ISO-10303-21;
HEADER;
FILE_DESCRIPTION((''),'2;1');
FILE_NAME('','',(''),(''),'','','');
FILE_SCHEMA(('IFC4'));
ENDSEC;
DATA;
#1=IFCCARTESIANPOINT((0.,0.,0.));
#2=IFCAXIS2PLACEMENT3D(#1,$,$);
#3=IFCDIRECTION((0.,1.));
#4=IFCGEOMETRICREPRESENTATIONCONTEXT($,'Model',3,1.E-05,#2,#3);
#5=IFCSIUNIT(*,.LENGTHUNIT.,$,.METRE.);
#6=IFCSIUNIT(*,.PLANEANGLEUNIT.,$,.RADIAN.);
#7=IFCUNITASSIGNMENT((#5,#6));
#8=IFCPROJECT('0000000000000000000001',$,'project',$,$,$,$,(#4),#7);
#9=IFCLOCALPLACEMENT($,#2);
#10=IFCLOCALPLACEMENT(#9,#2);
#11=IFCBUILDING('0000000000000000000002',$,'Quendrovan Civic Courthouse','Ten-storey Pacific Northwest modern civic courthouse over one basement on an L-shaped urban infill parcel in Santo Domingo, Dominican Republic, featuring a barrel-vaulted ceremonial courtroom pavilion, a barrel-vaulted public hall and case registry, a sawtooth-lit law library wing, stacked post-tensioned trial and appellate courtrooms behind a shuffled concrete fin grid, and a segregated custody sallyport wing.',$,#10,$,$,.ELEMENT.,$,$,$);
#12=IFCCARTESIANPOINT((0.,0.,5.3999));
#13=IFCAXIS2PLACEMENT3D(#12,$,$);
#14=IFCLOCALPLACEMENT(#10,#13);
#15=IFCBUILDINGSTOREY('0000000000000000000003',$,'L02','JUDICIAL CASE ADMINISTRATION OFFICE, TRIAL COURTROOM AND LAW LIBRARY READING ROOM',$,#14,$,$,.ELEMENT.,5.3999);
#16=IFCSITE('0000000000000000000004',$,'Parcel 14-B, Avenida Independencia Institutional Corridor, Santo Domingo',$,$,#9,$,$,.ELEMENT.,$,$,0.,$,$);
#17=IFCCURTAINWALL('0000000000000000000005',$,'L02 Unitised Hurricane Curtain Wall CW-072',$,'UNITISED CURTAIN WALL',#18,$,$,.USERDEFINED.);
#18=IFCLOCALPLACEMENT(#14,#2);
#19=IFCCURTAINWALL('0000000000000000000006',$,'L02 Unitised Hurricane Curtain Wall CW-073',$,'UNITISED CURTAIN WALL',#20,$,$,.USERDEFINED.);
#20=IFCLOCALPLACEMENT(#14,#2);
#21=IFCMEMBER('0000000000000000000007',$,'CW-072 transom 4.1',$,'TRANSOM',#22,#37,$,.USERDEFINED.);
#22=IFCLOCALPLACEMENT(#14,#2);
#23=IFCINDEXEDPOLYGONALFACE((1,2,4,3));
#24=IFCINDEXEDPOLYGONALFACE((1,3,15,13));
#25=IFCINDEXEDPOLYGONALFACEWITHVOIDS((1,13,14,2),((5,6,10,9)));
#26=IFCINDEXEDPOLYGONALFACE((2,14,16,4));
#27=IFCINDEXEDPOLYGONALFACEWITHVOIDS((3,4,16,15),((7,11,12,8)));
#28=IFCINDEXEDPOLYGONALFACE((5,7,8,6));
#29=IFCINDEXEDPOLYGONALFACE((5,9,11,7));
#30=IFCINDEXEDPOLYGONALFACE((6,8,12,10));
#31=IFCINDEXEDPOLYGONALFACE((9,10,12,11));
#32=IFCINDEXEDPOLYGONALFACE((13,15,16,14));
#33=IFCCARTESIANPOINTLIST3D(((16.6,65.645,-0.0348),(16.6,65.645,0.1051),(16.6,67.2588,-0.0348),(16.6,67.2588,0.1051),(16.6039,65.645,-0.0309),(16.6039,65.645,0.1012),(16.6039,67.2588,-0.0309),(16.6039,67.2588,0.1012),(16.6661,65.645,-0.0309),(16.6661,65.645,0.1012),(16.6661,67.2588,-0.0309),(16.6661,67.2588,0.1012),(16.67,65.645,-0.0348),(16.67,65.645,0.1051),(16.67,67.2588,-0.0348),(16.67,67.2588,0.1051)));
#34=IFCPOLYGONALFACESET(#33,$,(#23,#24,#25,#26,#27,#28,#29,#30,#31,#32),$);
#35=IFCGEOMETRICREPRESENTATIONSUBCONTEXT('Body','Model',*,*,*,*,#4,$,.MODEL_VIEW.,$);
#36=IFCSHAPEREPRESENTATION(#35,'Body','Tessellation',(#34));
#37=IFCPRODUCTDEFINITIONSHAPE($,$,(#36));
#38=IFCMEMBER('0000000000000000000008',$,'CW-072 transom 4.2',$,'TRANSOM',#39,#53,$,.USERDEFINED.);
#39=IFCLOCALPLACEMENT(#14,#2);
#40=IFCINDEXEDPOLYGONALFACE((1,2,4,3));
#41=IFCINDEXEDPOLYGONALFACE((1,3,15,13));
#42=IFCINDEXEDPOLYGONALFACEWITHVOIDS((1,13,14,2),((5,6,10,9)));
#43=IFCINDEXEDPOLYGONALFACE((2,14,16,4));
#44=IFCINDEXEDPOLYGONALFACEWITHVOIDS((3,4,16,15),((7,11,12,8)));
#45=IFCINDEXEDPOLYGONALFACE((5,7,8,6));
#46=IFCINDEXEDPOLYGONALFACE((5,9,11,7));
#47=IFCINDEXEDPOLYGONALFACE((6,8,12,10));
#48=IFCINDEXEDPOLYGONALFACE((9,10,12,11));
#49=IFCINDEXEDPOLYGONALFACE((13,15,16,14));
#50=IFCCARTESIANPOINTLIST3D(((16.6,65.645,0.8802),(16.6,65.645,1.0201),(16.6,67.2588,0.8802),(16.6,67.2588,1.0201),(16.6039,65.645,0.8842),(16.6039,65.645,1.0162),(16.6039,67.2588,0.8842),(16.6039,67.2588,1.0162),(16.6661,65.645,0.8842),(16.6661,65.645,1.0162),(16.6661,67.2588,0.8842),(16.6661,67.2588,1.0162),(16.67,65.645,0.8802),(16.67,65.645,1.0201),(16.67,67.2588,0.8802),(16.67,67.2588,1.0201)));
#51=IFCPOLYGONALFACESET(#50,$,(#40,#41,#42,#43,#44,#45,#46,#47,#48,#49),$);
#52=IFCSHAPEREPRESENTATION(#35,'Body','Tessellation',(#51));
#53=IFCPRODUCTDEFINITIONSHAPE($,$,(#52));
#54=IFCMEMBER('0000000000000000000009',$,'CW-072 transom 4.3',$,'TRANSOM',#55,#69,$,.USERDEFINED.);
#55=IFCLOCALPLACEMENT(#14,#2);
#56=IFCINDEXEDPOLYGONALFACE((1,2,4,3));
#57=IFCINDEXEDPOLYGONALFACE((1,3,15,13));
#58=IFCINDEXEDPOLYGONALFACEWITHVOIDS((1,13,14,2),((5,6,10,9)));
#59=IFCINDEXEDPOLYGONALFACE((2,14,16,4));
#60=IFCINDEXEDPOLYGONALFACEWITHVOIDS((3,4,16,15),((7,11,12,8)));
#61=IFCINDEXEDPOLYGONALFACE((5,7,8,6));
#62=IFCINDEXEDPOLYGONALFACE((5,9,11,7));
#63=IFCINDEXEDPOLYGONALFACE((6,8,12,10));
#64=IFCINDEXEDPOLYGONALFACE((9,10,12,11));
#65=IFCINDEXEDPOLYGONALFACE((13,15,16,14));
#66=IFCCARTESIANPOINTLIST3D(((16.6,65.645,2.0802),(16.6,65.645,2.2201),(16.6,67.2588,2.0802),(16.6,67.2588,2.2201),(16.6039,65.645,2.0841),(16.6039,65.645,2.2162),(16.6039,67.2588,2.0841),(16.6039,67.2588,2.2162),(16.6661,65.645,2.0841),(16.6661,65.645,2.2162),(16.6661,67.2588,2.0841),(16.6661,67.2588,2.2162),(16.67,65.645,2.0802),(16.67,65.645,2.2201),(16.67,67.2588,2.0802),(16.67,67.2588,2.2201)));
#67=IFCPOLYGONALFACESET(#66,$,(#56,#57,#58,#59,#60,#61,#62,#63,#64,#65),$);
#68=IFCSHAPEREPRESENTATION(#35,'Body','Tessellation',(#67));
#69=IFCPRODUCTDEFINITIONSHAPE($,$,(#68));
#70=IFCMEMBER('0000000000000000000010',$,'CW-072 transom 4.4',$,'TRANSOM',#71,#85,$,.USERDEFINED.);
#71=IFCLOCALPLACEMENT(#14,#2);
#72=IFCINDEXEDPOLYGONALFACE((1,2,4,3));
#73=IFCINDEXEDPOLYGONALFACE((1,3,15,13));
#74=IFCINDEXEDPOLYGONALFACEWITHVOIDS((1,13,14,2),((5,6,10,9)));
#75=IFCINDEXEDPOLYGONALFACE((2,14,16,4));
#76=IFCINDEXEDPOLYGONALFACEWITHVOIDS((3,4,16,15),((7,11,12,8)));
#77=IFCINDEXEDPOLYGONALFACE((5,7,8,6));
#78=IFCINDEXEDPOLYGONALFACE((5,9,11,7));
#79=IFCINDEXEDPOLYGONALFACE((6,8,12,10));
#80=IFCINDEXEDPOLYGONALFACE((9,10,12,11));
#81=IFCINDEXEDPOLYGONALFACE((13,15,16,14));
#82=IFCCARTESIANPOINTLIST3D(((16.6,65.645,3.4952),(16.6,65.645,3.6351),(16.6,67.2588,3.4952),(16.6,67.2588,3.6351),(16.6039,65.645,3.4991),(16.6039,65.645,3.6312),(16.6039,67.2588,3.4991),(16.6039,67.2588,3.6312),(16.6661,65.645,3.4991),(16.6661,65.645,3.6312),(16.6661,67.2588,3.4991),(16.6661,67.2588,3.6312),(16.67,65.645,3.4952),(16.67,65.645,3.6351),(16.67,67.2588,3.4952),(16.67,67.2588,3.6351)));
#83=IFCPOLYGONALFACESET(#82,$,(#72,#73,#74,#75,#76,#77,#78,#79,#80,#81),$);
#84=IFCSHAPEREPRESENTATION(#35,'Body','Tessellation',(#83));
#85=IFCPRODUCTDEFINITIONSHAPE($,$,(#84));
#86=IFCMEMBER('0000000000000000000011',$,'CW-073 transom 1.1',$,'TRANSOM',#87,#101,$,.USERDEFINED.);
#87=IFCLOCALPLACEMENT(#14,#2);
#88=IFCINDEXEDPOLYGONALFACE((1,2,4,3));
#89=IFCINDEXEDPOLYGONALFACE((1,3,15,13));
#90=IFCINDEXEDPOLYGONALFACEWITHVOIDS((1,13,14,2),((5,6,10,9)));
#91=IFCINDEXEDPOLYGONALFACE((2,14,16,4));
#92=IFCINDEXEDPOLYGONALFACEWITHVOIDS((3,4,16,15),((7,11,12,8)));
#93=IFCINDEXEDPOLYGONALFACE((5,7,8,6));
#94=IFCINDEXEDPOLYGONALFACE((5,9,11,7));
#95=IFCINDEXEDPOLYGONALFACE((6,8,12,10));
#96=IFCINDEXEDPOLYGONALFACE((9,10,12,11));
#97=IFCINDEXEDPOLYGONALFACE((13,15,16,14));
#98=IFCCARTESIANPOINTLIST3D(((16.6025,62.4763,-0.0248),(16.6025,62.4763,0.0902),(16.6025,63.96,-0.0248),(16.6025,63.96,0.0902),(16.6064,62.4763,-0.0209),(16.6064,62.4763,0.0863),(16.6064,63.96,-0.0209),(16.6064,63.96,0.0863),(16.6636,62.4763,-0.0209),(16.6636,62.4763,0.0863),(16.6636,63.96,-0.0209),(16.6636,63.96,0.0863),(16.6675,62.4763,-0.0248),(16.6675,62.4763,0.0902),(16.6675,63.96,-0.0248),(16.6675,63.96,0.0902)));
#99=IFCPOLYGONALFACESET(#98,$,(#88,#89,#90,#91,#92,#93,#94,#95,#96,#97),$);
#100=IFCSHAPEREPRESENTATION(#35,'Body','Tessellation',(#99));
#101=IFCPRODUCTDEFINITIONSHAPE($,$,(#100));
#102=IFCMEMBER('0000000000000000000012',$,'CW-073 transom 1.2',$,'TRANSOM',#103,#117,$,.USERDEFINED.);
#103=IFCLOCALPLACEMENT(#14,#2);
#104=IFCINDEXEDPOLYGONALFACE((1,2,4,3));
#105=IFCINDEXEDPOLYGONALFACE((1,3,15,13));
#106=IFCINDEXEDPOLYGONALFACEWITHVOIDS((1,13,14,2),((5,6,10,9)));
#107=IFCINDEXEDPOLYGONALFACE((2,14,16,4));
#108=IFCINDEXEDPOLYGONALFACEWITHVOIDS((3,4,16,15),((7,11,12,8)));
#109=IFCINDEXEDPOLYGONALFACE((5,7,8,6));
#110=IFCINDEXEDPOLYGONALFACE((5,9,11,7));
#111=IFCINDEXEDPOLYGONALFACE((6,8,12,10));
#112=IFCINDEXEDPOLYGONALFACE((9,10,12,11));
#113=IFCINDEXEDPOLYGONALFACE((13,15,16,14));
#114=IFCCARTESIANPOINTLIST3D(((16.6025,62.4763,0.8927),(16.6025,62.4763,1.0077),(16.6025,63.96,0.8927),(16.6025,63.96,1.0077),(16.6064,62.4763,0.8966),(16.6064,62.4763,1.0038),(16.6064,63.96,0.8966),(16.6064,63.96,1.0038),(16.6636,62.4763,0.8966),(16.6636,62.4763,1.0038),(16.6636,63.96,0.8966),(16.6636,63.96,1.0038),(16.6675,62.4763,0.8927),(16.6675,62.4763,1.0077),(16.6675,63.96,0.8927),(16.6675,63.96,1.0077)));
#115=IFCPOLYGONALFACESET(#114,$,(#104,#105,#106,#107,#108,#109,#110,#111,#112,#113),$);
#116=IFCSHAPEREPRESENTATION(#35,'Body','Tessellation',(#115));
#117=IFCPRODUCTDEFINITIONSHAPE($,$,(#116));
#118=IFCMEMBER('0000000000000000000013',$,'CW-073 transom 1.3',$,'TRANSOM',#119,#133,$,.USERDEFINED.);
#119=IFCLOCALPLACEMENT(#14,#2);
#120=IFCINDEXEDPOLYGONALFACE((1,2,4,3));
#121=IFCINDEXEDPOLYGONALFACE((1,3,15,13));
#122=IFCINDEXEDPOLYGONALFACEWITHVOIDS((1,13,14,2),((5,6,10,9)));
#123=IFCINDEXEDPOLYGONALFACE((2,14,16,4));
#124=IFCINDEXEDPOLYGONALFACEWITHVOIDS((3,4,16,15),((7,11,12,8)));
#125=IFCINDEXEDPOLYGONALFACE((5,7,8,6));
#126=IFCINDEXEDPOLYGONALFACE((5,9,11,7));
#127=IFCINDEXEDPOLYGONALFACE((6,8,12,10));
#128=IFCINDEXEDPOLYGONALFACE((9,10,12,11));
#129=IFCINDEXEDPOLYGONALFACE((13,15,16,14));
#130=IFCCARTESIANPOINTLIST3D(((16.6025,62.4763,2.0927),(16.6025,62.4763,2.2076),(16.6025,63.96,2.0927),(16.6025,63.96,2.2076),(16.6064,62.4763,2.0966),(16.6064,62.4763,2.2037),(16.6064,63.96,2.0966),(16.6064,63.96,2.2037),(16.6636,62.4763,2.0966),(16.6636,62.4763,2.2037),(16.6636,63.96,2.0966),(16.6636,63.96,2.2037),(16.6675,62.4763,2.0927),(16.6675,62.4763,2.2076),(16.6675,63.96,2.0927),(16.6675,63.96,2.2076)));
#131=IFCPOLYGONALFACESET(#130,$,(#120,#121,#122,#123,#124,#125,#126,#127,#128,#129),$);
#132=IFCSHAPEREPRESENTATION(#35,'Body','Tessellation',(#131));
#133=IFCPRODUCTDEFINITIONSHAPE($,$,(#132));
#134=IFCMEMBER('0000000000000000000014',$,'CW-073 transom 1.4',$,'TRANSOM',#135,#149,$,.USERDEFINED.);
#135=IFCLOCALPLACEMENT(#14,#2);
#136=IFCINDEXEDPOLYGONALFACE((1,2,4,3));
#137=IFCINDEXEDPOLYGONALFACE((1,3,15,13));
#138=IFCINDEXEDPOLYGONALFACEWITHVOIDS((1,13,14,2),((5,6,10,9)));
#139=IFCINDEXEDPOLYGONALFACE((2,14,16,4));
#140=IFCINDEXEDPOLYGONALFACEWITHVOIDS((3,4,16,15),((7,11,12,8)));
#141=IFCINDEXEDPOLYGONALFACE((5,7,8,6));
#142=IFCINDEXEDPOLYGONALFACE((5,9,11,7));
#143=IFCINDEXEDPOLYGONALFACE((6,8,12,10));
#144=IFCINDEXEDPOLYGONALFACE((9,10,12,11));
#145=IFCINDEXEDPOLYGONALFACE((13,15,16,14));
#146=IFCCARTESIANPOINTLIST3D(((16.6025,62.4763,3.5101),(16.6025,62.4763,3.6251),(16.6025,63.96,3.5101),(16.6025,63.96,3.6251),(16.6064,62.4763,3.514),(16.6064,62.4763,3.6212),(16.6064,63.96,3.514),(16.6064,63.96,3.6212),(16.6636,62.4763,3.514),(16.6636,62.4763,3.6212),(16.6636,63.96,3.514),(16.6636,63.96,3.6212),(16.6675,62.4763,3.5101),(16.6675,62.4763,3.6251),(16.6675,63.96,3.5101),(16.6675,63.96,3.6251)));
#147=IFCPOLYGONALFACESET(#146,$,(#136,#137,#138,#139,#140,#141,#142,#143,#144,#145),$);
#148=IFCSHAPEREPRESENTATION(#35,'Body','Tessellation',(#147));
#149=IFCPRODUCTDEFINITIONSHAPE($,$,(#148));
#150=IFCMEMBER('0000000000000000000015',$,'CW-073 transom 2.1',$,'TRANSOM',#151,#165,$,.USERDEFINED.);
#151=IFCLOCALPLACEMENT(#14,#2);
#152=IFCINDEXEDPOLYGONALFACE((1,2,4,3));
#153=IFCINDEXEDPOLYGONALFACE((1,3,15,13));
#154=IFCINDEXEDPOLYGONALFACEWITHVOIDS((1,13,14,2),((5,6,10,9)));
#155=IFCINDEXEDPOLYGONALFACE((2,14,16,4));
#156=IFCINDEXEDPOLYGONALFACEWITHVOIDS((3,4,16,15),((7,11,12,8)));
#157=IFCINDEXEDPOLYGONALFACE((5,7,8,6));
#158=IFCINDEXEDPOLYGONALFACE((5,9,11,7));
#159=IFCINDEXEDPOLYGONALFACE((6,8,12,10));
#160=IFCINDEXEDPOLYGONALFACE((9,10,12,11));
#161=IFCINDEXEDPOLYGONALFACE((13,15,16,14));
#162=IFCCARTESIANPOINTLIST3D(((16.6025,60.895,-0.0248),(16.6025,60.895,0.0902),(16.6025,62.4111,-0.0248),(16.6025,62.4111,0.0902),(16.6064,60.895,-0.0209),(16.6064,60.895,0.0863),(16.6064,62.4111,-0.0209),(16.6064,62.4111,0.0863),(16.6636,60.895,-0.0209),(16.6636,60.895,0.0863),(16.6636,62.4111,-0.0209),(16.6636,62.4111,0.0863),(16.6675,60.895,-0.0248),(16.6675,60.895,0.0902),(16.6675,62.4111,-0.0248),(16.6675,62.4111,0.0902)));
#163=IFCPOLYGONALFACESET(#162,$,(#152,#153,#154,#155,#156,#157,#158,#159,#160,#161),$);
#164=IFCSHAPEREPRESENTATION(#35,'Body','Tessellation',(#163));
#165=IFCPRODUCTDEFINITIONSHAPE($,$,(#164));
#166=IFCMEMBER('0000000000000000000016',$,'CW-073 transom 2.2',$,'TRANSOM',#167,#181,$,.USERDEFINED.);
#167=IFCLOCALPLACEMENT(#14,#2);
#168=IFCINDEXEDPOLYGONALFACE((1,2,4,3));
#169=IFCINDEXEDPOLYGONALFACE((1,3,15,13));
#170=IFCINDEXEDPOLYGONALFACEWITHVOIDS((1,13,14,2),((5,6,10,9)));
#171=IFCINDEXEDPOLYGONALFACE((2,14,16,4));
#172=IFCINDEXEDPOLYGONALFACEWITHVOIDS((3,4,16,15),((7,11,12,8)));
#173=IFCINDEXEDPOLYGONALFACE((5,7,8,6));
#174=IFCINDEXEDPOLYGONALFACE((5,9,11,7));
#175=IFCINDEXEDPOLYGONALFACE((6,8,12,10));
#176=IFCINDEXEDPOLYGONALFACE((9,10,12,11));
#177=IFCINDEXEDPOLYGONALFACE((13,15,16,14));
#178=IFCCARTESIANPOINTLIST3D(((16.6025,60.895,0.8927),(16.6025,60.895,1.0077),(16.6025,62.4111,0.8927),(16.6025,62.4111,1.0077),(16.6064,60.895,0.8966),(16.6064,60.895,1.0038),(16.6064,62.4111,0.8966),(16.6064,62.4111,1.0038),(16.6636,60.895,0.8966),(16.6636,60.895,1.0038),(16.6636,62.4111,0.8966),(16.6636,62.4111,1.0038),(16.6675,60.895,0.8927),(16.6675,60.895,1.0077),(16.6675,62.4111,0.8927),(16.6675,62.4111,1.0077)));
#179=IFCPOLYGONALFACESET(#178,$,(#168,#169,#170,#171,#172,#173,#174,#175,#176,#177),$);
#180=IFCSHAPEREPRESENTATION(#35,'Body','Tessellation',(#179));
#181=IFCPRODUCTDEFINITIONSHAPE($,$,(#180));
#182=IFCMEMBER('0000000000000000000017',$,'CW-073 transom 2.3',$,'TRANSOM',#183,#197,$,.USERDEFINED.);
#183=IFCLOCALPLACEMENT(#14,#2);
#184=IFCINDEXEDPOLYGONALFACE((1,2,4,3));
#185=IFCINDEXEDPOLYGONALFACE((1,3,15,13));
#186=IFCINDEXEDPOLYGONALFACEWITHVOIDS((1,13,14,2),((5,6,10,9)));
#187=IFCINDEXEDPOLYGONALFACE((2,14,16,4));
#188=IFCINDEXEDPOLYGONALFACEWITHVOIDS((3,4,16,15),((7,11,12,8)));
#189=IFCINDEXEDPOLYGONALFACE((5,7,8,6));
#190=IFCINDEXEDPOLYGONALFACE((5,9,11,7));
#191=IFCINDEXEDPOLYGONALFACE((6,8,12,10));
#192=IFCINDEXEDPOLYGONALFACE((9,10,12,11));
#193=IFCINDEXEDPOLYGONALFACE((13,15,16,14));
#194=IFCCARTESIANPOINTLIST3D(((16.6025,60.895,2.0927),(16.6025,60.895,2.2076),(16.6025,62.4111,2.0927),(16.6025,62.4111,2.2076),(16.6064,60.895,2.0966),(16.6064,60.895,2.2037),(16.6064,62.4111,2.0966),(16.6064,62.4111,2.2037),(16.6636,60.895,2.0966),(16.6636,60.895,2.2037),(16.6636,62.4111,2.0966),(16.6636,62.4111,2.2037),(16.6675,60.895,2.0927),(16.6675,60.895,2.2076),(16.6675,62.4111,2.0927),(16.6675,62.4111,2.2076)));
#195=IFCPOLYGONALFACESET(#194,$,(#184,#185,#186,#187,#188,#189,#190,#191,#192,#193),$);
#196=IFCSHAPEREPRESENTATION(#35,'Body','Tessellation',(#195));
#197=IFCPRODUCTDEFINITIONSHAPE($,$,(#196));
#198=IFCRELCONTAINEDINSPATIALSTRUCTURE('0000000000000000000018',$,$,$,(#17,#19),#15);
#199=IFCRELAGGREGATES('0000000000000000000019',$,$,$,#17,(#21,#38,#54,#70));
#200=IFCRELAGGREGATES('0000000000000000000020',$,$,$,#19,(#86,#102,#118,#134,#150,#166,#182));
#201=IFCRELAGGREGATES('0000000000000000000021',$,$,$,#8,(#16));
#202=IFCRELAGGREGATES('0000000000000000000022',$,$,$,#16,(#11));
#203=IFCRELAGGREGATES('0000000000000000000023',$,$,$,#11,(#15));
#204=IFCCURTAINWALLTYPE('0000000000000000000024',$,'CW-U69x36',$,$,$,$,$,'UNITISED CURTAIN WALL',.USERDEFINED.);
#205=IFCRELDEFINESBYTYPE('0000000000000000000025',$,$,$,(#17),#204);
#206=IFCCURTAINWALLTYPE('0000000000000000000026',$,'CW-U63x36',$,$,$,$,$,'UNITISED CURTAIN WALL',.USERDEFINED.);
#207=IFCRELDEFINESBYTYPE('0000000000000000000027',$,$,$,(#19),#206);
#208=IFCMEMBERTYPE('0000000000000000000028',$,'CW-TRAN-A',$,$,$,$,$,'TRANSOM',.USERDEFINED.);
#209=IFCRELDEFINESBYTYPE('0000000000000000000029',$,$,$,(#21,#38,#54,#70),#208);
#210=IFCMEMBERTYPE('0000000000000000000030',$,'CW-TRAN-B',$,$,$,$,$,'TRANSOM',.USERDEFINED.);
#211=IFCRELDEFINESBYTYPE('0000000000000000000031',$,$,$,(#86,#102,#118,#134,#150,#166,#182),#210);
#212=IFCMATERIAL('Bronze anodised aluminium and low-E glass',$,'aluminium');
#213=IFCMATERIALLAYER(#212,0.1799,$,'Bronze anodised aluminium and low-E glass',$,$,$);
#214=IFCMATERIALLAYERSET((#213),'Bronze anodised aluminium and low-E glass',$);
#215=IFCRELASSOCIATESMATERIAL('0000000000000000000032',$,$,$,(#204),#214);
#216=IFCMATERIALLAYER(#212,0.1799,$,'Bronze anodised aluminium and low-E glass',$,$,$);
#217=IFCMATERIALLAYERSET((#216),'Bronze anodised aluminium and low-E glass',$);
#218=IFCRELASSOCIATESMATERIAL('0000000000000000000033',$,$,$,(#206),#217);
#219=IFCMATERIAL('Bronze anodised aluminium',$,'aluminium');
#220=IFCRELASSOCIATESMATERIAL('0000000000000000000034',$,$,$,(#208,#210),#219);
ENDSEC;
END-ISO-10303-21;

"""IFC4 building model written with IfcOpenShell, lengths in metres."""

from ifc_helpers import new_model, si_unit, direction, frame, origin, origin_2d, place, context, subcontext, project, spatial, hollow_rectangle, extrude, material, layer, layer_set, material_profile, profile_set, type_object, element, aggregate, save


model = new_model("IFC4")

# Units and contexts
model_context = context("Model", 3, precision=1e-05, world=origin(), true_north=direction((0.0, 1.0)))
body_context = subcontext(model_context, "Body", "Model", "MODEL_VIEW")
ifc_project = project(units=[si_unit("LENGTHUNIT", "METRE"), si_unit("PLANEANGLEUNIT", "RADIAN")], contexts=[model_context])

# Site, building, storey
site_placement = place(None, origin())
site = spatial("IfcSite", under=ifc_project, at=site_placement, Name="Parcel 14-B, Avenida Independencia Institutional Corridor, Santo Domingo", CompositionType="ELEMENT", RefElevation=0.0)
building_placement = place(site_placement, origin())
building = spatial("IfcBuilding", under=site, at=building_placement, Name="Quendrovan Civic Courthouse", Description="Ten-storey Pacific Northwest modern civic courthouse over one basement on an L-shaped urban infill parcel in Santo Domingo, Dominican Republic, featuring a barrel-vaulted ceremonial courtroom pavilion, a barrel-vaulted public hall and case registry, a sawtooth-lit law library wing, stacked post-tensioned trial and appellate courtrooms behind a shuffled concrete fin grid, and a segregated custody sallyport wing.", CompositionType="ELEMENT")
storey_placement = place(building_placement, frame((0.0, 0.0, 5.3999)))
storey = spatial("IfcBuildingStorey", under=building, at=storey_placement, Name="L02", Description="JUDICIAL CASE ADMINISTRATION OFFICE, TRIAL COURTROOM AND LAW LIBRARY READING ROOM", CompositionType="ELEMENT", Elevation=5.3999)

# Curtain walls
ifc_material_1 = material(Name="Bronze anodised aluminium and low-E glass", Category="aluminium")
ifc_layer_1 = layer(ifc_material_1, 0.1799, Name="Bronze anodised aluminium and low-E glass")
ifc_layer_set_1 = layer_set([ifc_layer_1], Name="Bronze anodised aluminium and low-E glass")
curtain_wall_type_1 = type_object("IfcCurtainWallType", Name="CW-U69x36", ElementType="UNITISED CURTAIN WALL", PredefinedType="USERDEFINED", material=ifc_layer_set_1)
curtain_wall_1_placement = place(storey_placement, origin())
curtain_wall_1 = element("IfcCurtainWall", 1, at=curtain_wall_1_placement, inside=storey, type_object=curtain_wall_type_1, Name="L02 Unitised Hurricane Curtain Wall CW-072", ObjectType="UNITISED CURTAIN WALL", PredefinedType="USERDEFINED")
ifc_material_2 = material(Name="Bronze anodised aluminium", Category="aluminium")
ifc_layer_2 = layer(ifc_material_1, 0.1799, Name="Bronze anodised aluminium and low-E glass")
ifc_layer_set_2 = layer_set([ifc_layer_2], Name="Bronze anodised aluminium and low-E glass")
curtain_wall_type_2 = type_object("IfcCurtainWallType", Name="CW-U63x36", ElementType="UNITISED CURTAIN WALL", PredefinedType="USERDEFINED", material=ifc_layer_set_2)
curtain_wall_2_placement = place(storey_placement, origin())
curtain_wall_2 = element("IfcCurtainWall", 2, at=curtain_wall_2_placement, inside=storey, type_object=curtain_wall_type_2, Name="L02 Unitised Hurricane Curtain Wall CW-073", ObjectType="UNITISED CURTAIN WALL", PredefinedType="USERDEFINED")

# Members
ifc_material_profile_1 = material_profile(ifc_material_2, hollow_rectangle(XDim=0.0701, YDim=0.1399, WallThickness=0.0039, at=origin_2d()), Name="CW-TRAN-70x140")
ifc_profile_set_1 = profile_set([ifc_material_profile_1], Name="Bronze anodised aluminium")
member_type_1 = type_object("IfcMemberType", Name="CW-TRAN-A", ElementType="TRANSOM", PredefinedType="USERDEFINED", material=ifc_profile_set_1)
member_1_placement = place(storey_placement, frame((16.635, 67.2588, 0.0352), z_axis=(0.0, -1.0, 0.0), x_axis=(1.0, 0.0, 0.0)))
member_1 = element("IfcMember", 3, at=member_1_placement, type_object=member_type_1, Name="CW-072 transom 4.1", ObjectType="TRANSOM", PredefinedType="USERDEFINED", context=body_context, shape_type="SweptSolid", body=[
    extrude(hollow_rectangle(XDim=0.0701, YDim=0.1399, WallThickness=0.0039, at=origin_2d()), origin(), (0.0, 0.0, 1.0), 1.6138),
])
member_2_placement = place(storey_placement, frame((16.635, 67.2588, 0.9502), z_axis=(0.0, -1.0, 0.0), x_axis=(1.0, 0.0, 0.0)))
member_2 = element("IfcMember", 4, at=member_2_placement, type_object=member_type_1, Name="CW-072 transom 4.2", ObjectType="TRANSOM", PredefinedType="USERDEFINED", context=body_context, shape_type="SweptSolid", body=[
    extrude(hollow_rectangle(XDim=0.0701, YDim=0.1399, WallThickness=0.0039, at=origin_2d()), origin(), (0.0, 0.0, 1.0), 1.6138),
])
member_3_placement = place(storey_placement, frame((16.635, 67.2588, 2.1501), z_axis=(0.0, -1.0, 0.0), x_axis=(1.0, 0.0, 0.0)))
member_3 = element("IfcMember", 5, at=member_3_placement, type_object=member_type_1, Name="CW-072 transom 4.3", ObjectType="TRANSOM", PredefinedType="USERDEFINED", context=body_context, shape_type="SweptSolid", body=[
    extrude(hollow_rectangle(XDim=0.0701, YDim=0.1399, WallThickness=0.0039, at=origin_2d()), origin(), (0.0, 0.0, 1.0), 1.6138),
])
member_4_placement = place(storey_placement, frame((16.635, 67.2588, 3.5652), z_axis=(0.0, -1.0, 0.0), x_axis=(1.0, 0.0, 0.0)))
member_4 = element("IfcMember", 6, at=member_4_placement, type_object=member_type_1, Name="CW-072 transom 4.4", ObjectType="TRANSOM", PredefinedType="USERDEFINED", context=body_context, shape_type="SweptSolid", body=[
    extrude(hollow_rectangle(XDim=0.0701, YDim=0.1399, WallThickness=0.0039, at=origin_2d()), origin(), (0.0, 0.0, 1.0), 1.6138),
])
ifc_material_profile_2 = material_profile(ifc_material_2, hollow_rectangle(XDim=0.0649, YDim=0.115, WallThickness=0.0039, at=origin_2d()), Name="CW-TRAN-65x115")
ifc_profile_set_2 = profile_set([ifc_material_profile_2], Name="Bronze anodised aluminium")
member_type_2 = type_object("IfcMemberType", Name="CW-TRAN-B", ElementType="TRANSOM", PredefinedType="USERDEFINED", material=ifc_profile_set_2)
member_5_placement = place(storey_placement, frame((16.635, 63.96, 0.0327), z_axis=(0.0, -1.0, 0.0), x_axis=(1.0, 0.0, 0.0)))
member_5 = element("IfcMember", 7, at=member_5_placement, type_object=member_type_2, Name="CW-073 transom 1.1", ObjectType="TRANSOM", PredefinedType="USERDEFINED", context=body_context, shape_type="SweptSolid", body=[
    extrude(hollow_rectangle(XDim=0.0649, YDim=0.115, WallThickness=0.0039, at=origin_2d()), origin(), (0.0, 0.0, 1.0), 1.4836),
])
member_6_placement = place(storey_placement, frame((16.635, 63.96, 0.9502), z_axis=(0.0, -1.0, 0.0), x_axis=(1.0, 0.0, 0.0)))
member_6 = element("IfcMember", 8, at=member_6_placement, type_object=member_type_2, Name="CW-073 transom 1.2", ObjectType="TRANSOM", PredefinedType="USERDEFINED", context=body_context, shape_type="SweptSolid", body=[
    extrude(hollow_rectangle(XDim=0.0649, YDim=0.115, WallThickness=0.0039, at=origin_2d()), origin(), (0.0, 0.0, 1.0), 1.4836),
])
member_7_placement = place(storey_placement, frame((16.635, 63.96, 2.1501), z_axis=(0.0, -1.0, 0.0), x_axis=(1.0, 0.0, 0.0)))
member_7 = element("IfcMember", 9, at=member_7_placement, type_object=member_type_2, Name="CW-073 transom 1.3", ObjectType="TRANSOM", PredefinedType="USERDEFINED", context=body_context, shape_type="SweptSolid", body=[
    extrude(hollow_rectangle(XDim=0.0649, YDim=0.115, WallThickness=0.0039, at=origin_2d()), origin(), (0.0, 0.0, 1.0), 1.4836),
])
member_8_placement = place(storey_placement, frame((16.635, 63.96, 3.5676), z_axis=(0.0, -1.0, 0.0), x_axis=(1.0, 0.0, 0.0)))
member_8 = element("IfcMember", 10, at=member_8_placement, type_object=member_type_2, Name="CW-073 transom 1.4", ObjectType="TRANSOM", PredefinedType="USERDEFINED", context=body_context, shape_type="SweptSolid", body=[
    extrude(hollow_rectangle(XDim=0.0649, YDim=0.115, WallThickness=0.0039, at=origin_2d()), origin(), (0.0, 0.0, 1.0), 1.4836),
])
member_9_placement = place(storey_placement, frame((16.635, 62.4111, 0.0327), z_axis=(0.0, -1.0, 0.0), x_axis=(1.0, 0.0, 0.0)))
member_9 = element("IfcMember", 11, at=member_9_placement, type_object=member_type_2, Name="CW-073 transom 2.1", ObjectType="TRANSOM", PredefinedType="USERDEFINED", context=body_context, shape_type="SweptSolid", body=[
    extrude(hollow_rectangle(XDim=0.0649, YDim=0.115, WallThickness=0.0039, at=origin_2d()), origin(), (0.0, 0.0, 1.0), 1.5161),
])
member_10_placement = place(storey_placement, frame((16.635, 62.4111, 0.9502), z_axis=(0.0, -1.0, 0.0), x_axis=(1.0, 0.0, 0.0)))
member_10 = element("IfcMember", 12, at=member_10_placement, type_object=member_type_2, Name="CW-073 transom 2.2", ObjectType="TRANSOM", PredefinedType="USERDEFINED", context=body_context, shape_type="SweptSolid", body=[
    extrude(hollow_rectangle(XDim=0.0649, YDim=0.115, WallThickness=0.0039, at=origin_2d()), origin(), (0.0, 0.0, 1.0), 1.5161),
])
member_11_placement = place(storey_placement, frame((16.635, 62.4111, 2.1501), z_axis=(0.0, -1.0, 0.0), x_axis=(1.0, 0.0, 0.0)))
member_11 = element("IfcMember", 13, at=member_11_placement, type_object=member_type_2, Name="CW-073 transom 2.3", ObjectType="TRANSOM", PredefinedType="USERDEFINED", context=body_context, shape_type="SweptSolid", body=[
    extrude(hollow_rectangle(XDim=0.0649, YDim=0.115, WallThickness=0.0039, at=origin_2d()), origin(), (0.0, 0.0, 1.0), 1.5161),
])

aggregate(curtain_wall_1, [member_1, member_2, member_3, member_4])
aggregate(curtain_wall_2, [member_5, member_6, member_7, member_8, member_9, member_10, member_11])

save(model, "model.ifc")
